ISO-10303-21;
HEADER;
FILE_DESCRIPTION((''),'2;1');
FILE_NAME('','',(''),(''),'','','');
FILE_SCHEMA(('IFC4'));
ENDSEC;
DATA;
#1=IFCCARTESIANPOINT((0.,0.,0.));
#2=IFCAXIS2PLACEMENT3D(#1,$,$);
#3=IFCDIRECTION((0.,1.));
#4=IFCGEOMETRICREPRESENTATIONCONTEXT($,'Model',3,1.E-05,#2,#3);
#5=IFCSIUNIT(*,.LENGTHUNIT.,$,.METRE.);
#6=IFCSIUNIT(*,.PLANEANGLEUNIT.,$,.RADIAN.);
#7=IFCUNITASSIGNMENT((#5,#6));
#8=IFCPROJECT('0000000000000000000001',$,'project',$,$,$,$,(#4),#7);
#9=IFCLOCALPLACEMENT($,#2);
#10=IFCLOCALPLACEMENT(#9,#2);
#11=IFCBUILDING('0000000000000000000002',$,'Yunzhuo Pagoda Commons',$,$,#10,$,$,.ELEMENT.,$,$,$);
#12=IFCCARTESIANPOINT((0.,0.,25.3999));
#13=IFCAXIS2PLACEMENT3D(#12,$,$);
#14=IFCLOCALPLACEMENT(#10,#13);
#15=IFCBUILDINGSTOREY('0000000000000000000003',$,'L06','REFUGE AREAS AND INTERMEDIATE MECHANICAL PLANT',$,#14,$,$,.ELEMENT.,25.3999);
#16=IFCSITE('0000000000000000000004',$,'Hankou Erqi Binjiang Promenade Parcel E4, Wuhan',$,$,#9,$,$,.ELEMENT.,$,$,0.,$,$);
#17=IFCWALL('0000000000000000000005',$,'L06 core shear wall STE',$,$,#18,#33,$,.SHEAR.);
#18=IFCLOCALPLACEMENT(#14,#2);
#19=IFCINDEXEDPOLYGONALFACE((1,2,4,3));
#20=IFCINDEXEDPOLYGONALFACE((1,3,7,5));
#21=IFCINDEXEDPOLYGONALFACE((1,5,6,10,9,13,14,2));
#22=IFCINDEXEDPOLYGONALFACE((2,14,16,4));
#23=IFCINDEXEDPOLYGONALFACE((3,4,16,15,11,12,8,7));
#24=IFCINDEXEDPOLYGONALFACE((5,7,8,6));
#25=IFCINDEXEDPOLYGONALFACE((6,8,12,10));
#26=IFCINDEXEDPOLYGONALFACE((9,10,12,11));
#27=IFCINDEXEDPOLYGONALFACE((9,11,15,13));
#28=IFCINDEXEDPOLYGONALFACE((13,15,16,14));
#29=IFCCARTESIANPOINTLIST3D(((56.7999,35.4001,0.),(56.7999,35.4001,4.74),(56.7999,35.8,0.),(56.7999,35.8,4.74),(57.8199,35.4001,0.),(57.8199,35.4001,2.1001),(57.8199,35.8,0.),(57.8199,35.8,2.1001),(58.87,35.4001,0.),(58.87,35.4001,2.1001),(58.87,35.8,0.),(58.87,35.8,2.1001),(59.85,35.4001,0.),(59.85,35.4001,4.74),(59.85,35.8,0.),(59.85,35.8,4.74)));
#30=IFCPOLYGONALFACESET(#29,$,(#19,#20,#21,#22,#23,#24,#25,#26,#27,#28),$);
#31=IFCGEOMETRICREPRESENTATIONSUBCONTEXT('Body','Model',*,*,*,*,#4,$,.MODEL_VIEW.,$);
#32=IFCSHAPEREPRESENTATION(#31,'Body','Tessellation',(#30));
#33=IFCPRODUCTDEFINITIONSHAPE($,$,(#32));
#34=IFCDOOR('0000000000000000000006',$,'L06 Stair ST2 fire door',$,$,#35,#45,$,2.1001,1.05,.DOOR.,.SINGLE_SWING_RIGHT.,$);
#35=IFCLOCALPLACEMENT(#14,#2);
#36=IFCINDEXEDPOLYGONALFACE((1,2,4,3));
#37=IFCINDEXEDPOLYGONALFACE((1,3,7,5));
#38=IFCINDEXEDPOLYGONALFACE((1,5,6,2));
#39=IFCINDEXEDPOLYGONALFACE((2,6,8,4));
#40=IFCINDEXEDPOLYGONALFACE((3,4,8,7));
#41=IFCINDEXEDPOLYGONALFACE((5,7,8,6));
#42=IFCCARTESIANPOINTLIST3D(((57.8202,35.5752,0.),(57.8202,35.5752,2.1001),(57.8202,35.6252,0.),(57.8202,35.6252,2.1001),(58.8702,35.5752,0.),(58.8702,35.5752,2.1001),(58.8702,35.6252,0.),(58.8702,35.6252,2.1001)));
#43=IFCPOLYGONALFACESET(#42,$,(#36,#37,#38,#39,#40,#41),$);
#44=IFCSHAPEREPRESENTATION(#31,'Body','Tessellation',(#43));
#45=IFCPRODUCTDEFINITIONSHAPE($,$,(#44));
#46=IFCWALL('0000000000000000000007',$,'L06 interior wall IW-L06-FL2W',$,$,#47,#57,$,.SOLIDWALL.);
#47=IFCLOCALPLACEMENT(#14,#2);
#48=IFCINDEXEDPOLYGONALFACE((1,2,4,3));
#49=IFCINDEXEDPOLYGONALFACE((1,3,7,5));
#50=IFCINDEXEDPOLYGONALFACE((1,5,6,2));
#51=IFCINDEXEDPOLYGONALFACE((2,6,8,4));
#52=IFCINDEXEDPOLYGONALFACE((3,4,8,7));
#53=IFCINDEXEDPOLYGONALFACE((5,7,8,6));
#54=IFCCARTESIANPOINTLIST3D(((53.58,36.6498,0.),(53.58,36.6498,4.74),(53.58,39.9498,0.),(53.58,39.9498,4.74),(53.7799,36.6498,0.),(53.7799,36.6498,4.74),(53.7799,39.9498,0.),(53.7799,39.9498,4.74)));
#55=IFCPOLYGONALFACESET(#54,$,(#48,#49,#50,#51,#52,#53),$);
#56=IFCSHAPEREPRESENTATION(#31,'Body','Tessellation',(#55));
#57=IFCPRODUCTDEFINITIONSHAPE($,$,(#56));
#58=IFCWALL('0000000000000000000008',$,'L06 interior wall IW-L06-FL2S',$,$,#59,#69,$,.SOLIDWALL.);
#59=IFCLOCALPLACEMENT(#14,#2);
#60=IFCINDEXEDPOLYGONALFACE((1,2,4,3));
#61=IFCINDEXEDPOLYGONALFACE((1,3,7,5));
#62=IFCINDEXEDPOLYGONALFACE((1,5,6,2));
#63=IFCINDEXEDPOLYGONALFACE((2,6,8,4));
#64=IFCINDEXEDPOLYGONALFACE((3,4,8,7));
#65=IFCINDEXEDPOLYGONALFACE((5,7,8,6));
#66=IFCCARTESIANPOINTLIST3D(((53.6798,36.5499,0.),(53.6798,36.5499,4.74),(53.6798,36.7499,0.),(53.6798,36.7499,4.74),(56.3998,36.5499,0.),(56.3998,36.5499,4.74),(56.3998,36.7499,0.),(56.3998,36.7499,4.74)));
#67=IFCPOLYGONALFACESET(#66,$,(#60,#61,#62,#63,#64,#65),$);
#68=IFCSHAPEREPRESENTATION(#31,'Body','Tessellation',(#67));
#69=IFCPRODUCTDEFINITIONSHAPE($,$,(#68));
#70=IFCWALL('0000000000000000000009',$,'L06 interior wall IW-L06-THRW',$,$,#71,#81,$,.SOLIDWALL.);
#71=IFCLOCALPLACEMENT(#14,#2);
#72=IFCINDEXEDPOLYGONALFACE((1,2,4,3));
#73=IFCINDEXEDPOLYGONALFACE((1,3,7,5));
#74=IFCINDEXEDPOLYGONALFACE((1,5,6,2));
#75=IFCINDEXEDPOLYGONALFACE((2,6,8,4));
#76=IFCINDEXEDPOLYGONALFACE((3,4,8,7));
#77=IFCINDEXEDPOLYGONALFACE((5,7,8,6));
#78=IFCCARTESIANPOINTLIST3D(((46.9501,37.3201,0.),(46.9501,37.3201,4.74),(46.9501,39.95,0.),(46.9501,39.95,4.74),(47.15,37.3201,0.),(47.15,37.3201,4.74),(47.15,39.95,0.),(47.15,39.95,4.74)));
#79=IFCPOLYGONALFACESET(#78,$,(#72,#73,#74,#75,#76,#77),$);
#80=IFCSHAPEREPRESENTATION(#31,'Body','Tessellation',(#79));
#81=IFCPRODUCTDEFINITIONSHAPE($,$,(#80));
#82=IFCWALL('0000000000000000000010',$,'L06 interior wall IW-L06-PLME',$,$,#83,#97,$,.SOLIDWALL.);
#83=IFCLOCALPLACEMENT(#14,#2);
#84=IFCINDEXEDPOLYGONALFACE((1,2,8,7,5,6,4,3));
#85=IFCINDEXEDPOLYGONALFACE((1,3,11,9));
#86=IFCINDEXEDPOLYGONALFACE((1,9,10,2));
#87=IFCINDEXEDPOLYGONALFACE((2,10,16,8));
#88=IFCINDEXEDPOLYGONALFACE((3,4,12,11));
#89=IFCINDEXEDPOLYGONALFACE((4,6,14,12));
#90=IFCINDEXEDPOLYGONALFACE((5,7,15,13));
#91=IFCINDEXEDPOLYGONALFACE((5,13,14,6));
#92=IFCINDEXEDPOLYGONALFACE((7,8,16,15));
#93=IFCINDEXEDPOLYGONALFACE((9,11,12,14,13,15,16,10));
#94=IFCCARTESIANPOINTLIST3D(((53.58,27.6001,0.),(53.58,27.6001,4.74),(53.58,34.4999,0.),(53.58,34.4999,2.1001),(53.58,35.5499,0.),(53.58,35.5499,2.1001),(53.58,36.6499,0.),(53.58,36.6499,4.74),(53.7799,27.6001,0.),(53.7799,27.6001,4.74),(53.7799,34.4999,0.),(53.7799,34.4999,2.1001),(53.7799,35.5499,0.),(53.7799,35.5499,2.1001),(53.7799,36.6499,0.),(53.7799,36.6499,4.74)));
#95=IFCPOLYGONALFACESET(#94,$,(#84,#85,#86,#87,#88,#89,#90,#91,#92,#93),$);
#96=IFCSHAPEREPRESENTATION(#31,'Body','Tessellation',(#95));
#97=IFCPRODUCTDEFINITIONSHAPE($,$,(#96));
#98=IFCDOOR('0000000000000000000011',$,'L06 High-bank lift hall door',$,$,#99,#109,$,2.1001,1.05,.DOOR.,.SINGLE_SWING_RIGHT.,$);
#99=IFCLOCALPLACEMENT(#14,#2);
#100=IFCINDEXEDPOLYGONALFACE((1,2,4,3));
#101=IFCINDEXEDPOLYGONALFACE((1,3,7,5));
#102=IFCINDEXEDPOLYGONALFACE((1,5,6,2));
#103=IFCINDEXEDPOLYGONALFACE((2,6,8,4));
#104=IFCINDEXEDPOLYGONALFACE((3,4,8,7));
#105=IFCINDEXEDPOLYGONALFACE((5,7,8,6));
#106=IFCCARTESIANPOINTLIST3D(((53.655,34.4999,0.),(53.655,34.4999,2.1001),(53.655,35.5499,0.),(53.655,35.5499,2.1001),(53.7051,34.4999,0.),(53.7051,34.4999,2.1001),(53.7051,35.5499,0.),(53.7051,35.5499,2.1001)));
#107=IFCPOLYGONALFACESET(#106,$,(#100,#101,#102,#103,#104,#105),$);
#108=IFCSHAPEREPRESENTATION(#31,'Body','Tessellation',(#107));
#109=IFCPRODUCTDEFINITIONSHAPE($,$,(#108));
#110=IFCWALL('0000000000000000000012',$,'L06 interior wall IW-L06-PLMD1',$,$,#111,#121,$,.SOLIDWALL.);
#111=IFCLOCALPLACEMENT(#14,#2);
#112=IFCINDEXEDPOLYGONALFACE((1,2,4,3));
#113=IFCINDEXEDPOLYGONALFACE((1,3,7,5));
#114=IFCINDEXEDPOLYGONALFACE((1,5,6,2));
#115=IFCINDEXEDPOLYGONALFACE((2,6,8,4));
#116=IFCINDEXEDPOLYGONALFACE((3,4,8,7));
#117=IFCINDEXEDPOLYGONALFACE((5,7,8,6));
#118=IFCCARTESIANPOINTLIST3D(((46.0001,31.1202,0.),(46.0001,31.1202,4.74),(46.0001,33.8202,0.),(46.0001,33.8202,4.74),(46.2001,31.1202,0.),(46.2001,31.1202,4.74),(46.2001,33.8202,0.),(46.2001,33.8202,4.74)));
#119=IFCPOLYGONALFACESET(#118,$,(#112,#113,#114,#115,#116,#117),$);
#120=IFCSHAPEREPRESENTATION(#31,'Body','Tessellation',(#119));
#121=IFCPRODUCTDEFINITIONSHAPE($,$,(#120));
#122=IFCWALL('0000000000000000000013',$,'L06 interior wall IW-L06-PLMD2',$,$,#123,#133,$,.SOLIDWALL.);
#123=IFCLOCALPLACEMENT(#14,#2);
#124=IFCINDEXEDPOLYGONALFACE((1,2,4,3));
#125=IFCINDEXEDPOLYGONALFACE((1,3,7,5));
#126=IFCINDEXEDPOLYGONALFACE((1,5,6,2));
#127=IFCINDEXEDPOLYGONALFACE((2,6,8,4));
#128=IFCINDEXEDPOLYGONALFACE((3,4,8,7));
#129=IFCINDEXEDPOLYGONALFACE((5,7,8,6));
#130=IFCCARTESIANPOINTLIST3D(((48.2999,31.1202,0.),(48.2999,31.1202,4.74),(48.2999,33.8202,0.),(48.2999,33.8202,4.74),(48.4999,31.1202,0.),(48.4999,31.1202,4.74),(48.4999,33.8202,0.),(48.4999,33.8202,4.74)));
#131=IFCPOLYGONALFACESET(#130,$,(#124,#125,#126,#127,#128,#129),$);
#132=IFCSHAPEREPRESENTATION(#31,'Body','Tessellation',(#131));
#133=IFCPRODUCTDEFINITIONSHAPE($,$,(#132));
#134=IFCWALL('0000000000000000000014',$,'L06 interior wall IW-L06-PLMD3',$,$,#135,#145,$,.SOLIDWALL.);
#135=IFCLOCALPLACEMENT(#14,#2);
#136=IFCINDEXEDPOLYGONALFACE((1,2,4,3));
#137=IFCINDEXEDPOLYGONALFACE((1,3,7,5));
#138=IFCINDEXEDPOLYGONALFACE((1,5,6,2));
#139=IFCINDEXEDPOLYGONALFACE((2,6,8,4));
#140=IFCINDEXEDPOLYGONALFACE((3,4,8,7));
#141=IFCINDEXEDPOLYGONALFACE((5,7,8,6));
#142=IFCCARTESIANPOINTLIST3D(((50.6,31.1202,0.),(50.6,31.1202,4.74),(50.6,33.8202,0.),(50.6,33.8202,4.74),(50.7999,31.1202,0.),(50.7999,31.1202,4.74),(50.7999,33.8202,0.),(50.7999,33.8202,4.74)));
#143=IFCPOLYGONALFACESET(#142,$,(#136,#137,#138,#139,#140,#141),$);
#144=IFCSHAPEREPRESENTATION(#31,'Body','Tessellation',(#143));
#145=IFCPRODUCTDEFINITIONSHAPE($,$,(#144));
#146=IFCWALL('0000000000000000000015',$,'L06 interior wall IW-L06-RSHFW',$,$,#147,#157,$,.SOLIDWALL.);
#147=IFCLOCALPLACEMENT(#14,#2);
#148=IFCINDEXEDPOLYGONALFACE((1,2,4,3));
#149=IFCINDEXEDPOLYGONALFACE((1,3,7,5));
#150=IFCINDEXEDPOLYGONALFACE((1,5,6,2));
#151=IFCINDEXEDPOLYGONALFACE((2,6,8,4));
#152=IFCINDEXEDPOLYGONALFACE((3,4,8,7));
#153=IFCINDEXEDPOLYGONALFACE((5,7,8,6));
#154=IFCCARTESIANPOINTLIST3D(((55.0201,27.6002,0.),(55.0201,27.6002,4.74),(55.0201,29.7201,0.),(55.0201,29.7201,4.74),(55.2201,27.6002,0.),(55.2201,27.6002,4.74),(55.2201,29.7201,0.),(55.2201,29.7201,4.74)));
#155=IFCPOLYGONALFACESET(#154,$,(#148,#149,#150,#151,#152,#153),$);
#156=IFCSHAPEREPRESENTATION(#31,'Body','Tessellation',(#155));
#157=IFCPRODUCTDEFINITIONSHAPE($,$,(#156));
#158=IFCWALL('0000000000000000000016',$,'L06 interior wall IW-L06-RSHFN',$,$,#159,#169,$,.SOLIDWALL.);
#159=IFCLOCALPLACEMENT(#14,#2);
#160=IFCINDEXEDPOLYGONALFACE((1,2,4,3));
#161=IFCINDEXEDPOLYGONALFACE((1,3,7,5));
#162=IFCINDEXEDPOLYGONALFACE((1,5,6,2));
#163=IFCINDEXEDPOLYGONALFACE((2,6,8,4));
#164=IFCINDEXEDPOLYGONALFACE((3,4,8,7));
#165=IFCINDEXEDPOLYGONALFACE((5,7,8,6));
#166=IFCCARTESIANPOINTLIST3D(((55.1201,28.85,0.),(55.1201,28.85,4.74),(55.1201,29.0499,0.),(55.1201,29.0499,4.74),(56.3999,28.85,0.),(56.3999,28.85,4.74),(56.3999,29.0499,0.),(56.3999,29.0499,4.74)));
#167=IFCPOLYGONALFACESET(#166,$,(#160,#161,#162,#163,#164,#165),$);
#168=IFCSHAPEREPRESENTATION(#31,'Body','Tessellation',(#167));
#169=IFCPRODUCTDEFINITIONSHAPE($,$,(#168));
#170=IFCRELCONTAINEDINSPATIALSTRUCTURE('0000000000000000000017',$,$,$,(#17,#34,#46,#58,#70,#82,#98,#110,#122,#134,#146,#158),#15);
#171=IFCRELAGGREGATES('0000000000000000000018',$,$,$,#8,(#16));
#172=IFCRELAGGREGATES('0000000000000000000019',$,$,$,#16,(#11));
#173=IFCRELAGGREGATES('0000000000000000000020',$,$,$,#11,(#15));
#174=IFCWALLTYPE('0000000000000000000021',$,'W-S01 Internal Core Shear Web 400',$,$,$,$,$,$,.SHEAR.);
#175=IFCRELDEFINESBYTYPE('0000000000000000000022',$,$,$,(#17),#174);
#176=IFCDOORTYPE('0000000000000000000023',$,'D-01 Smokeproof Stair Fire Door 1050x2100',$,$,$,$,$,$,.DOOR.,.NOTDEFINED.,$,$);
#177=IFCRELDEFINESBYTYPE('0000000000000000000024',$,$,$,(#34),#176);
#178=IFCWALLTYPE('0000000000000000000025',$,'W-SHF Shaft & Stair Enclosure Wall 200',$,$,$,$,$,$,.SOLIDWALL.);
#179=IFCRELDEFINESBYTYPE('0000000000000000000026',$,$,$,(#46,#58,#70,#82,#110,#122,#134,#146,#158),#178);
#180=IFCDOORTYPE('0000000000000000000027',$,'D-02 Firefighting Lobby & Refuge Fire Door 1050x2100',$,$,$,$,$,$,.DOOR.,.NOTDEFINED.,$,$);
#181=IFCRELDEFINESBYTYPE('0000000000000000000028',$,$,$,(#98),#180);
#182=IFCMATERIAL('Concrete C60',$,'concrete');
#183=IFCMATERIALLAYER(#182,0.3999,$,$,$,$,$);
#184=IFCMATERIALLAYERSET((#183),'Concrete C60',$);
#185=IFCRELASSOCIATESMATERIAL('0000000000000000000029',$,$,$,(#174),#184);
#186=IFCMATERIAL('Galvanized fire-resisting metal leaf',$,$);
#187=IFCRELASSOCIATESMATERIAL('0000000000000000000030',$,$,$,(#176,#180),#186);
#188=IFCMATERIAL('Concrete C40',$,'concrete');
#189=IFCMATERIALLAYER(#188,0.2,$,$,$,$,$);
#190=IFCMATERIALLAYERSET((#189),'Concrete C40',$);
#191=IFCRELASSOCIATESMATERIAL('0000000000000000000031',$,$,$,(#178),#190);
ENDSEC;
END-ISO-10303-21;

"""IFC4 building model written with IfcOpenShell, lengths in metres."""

from ifc_helpers import new_model, si_unit, direction, frame, frame_2d, origin, origin_with_axes, place, context, subcontext, project, spatial, rectangle, extrude, source, transform, mapped, material, layer, layer_set, type_object, element, fill, save


model = new_model("IFC4")

# Units and contexts
model_context = context("Model", 3, precision=1e-05, world=origin(), true_north=direction((0.0, 1.0)))
body_context = subcontext(model_context, "Body", "Model", "MODEL_VIEW")
ifc_project = project(units=[si_unit("LENGTHUNIT", "METRE"), si_unit("PLANEANGLEUNIT", "RADIAN")], contexts=[model_context])

# Site, building, storey
site_placement = place(None, origin())
site = spatial("IfcSite", under=ifc_project, at=site_placement, Name="Hankou Erqi Binjiang Promenade Parcel E4, Wuhan", CompositionType="ELEMENT", RefElevation=0.0)
building_placement = place(site_placement, origin())
building = spatial("IfcBuilding", under=site, at=building_placement, Name="Yunzhuo Pagoda Commons", CompositionType="ELEMENT")
storey_placement = place(building_placement, frame((0.0, 0.0, 25.3999)))
storey = spatial("IfcBuildingStorey", under=building, at=storey_placement, Name="L06", Description="REFUGE AREAS AND INTERMEDIATE MECHANICAL PLANT", CompositionType="ELEMENT", Elevation=25.3999)

# Shared definitions
ifc_material_1 = material(Name="Galvanized fire-resisting metal leaf")

# Wall, opening, door
ifc_material_2 = material(Name="Concrete C60", Category="concrete")
ifc_layer_1 = layer(ifc_material_2, 0.3999)
ifc_layer_set_1 = layer_set([ifc_layer_1], Name="Concrete C60")
wall_type_1 = type_object("IfcWallType", Name="W-S01 Internal Core Shear Web 400", PredefinedType="SHEAR", material=ifc_layer_set_1)
wall_1_placement = place(storey_placement, frame((56.8, 35.6001, 0.0), z_axis=(0.0, 0.0, 1.0), x_axis=(1.0, 0.0, 0.0)))
wall_1 = element("IfcWall", 1, at=wall_1_placement, inside=storey, type_object=wall_type_1, Name="L06 core shear wall STE", PredefinedType="SHEAR", context=body_context, shape_type="SweptSolid", body=[
    extrude(rectangle(XDim=3.05, YDim=0.3999, at=frame_2d((1.5249, 0.0))), origin(), (0.0, 0.0, 1.0), 4.74),
])
opening_1_placement = place(wall_1_placement, frame((1.02, 0.0, 0.0)))
opening_1 = element("IfcOpeningElement", 2, at=opening_1_placement, cuts=wall_1, PredefinedType="OPENING", context=body_context, shape_type="SweptSolid", body=[
    extrude(rectangle(XDim=1.05, YDim=2.1001, at=frame_2d((0.5249, 1.05))), frame((0.0, 0.21, 0.0), z_axis=(0.0, -1.0, 0.0), x_axis=(1.0, 0.0, 0.0)), (0.0, 0.0, 1.0), 0.4199),
])
door_type_1 = type_object("IfcDoorType", Name="D-01 Smokeproof Stair Fire Door 1050x2100", OperationType="NOTDEFINED", PredefinedType="DOOR", material=ifc_material_1)
shared_shape_1 = source(origin(), body_context, "Body", "SweptSolid", [
    extrude(rectangle(XDim=1.05, YDim=2.1001, at=frame_2d((0.5249, 1.05))), frame((0.0, 0.0249, 0.0), z_axis=(0.0, -1.0, 0.0), x_axis=(1.0, 0.0, 0.0)), (0.0, 0.0, 1.0), 0.05),
])
door_1_placement = place(opening_1_placement, frame((1.05, 0.0, 0.0), z_axis=(0.0, 0.0, 1.0), x_axis=(-1.0, 0.0, 0.0)))
door_1 = element("IfcDoor", 3, at=door_1_placement, inside=storey, type_object=door_type_1, Name="L06 Stair ST2 fire door", OperationType="SINGLE_SWING_RIGHT", OverallHeight=2.1001, OverallWidth=1.05, PredefinedType="DOOR", context=body_context, shape_type="MappedRepresentation", body=[
    mapped(shared_shape_1, transform((0.0, 0.0, 0.0), scale=1.0)),
])
fill(opening_1, door_1)

# Walls
ifc_material_3 = material(Name="Concrete C40", Category="concrete")
ifc_layer_2 = layer(ifc_material_3, 0.2)
ifc_layer_set_2 = layer_set([ifc_layer_2], Name="Concrete C40")
wall_type_2 = type_object("IfcWallType", Name="W-SHF Shaft & Stair Enclosure Wall 200", PredefinedType="SOLIDWALL", material=ifc_layer_set_2)
wall_2_placement = place(storey_placement, frame((53.6799, 36.6499, 0.0), z_axis=(0.0, 0.0, 1.0), x_axis=(0.0, 1.0, 0.0)))
element("IfcWall", 4, at=wall_2_placement, inside=storey, type_object=wall_type_2, Name="L06 interior wall IW-L06-FL2W", PredefinedType="SOLIDWALL", context=body_context, shape_type="SweptSolid", body=[
    extrude(rectangle(XDim=3.3, YDim=0.2, at=frame_2d((1.6499, 0.0))), origin(), (0.0, 0.0, 1.0), 4.74),
])
wall_3_placement = place(storey_placement, frame((53.6799, 36.6499, 0.0), z_axis=(0.0, 0.0, 1.0), x_axis=(1.0, 0.0, 0.0)))
element("IfcWall", 5, at=wall_3_placement, inside=storey, type_object=wall_type_2, Name="L06 interior wall IW-L06-FL2S", PredefinedType="SOLIDWALL", context=body_context, shape_type="SweptSolid", body=[
    extrude(rectangle(XDim=2.72, YDim=0.2, at=frame_2d((1.3599, 0.0))), origin(), (0.0, 0.0, 1.0), 4.74),
])
wall_4_placement = place(storey_placement, frame((47.05, 37.3201, 0.0), z_axis=(0.0, 0.0, 1.0), x_axis=(0.0, 1.0, 0.0)))
element("IfcWall", 6, at=wall_4_placement, inside=storey, type_object=wall_type_2, Name="L06 interior wall IW-L06-THRW", PredefinedType="SOLIDWALL", context=body_context, shape_type="SweptSolid", body=[
    extrude(rectangle(XDim=2.6299, YDim=0.2, at=frame_2d((1.3149, 0.0))), origin(), (0.0, 0.0, 1.0), 4.74),
])

# Wall, opening, door
wall_5_placement = place(storey_placement, frame((53.6799, 27.6001, 0.0), z_axis=(0.0, 0.0, 1.0), x_axis=(0.0, 1.0, 0.0)))
wall_5 = element("IfcWall", 7, at=wall_5_placement, inside=storey, type_object=wall_type_2, Name="L06 interior wall IW-L06-PLME", PredefinedType="SOLIDWALL", context=body_context, shape_type="SweptSolid", body=[
    extrude(rectangle(XDim=9.0498, YDim=0.2, at=frame_2d((4.5249, 0.0))), origin(), (0.0, 0.0, 1.0), 4.74),
])
opening_2_placement = place(wall_5_placement, frame((6.8999, 0.0, 0.0)))
opening_2 = element("IfcOpeningElement", 8, at=opening_2_placement, cuts=wall_5, PredefinedType="OPENING", context=body_context, shape_type="SweptSolid", body=[
    extrude(rectangle(XDim=1.05, YDim=2.1001, at=frame_2d((0.5249, 1.05))), frame((0.0, 0.1099, 0.0), z_axis=(0.0, -1.0, 0.0), x_axis=(1.0, 0.0, 0.0)), (0.0, 0.0, 1.0), 0.22),
])
door_type_2 = type_object("IfcDoorType", Name="D-02 Firefighting Lobby & Refuge Fire Door 1050x2100", OperationType="NOTDEFINED", PredefinedType="DOOR", material=ifc_material_1)
door_2_placement = place(opening_2_placement, origin_with_axes())
door_2 = element("IfcDoor", 9, at=door_2_placement, inside=storey, type_object=door_type_2, Name="L06 High-bank lift hall door", OperationType="SINGLE_SWING_RIGHT", OverallHeight=2.1001, OverallWidth=1.05, PredefinedType="DOOR", context=body_context, shape_type="MappedRepresentation", body=[
    mapped(shared_shape_1, transform((0.0, 0.0, 0.0), scale=1.0)),
])
fill(opening_2, door_2)

# Walls
for number, where, z_axis, x_axis, name in (
    (10, (46.1001, 31.1201, 0.0), (0.0, 0.0, 1.0), (0.0, 1.0, 0.0), "L06 interior wall IW-L06-PLMD1"),
    (11, (48.3999, 31.1201, 0.0), (0.0, 0.0, 1.0), (0.0, 1.0, 0.0), "L06 interior wall IW-L06-PLMD2"),
    (12, (50.7, 31.1201, 0.0), (0.0, 0.0, 1.0), (0.0, 1.0, 0.0), "L06 interior wall IW-L06-PLMD3"),
):
    element("IfcWall", number, at=place(storey_placement, frame(where, z_axis=z_axis, x_axis=x_axis)), inside=storey, type_object=wall_type_2, Name=name, PredefinedType="SOLIDWALL", context=body_context, shape_type="SweptSolid", body=[
        extrude(rectangle(XDim=2.7, YDim=0.2, at=frame_2d((1.3501, 0.0))), origin(), (0.0, 0.0, 1.0), 4.74),
    ])
wall_6_placement = place(storey_placement, frame((55.1201, 27.6001, 0.0), z_axis=(0.0, 0.0, 1.0), x_axis=(0.0, 1.0, 0.0)))
element("IfcWall", 13, at=wall_6_placement, inside=storey, type_object=wall_type_2, Name="L06 interior wall IW-L06-RSHFW", PredefinedType="SOLIDWALL", context=body_context, shape_type="SweptSolid", body=[
    extrude(rectangle(XDim=2.1199, YDim=0.2, at=frame_2d((1.0601, 0.0))), origin(), (0.0, 0.0, 1.0), 4.74),
])
wall_7_placement = place(storey_placement, frame((55.1201, 28.95, 0.0), z_axis=(0.0, 0.0, 1.0), x_axis=(1.0, 0.0, 0.0)))
element("IfcWall", 14, at=wall_7_placement, inside=storey, type_object=wall_type_2, Name="L06 interior wall IW-L06-RSHFN", PredefinedType="SOLIDWALL", context=body_context, shape_type="SweptSolid", body=[
    extrude(rectangle(XDim=1.2798, YDim=0.2, at=frame_2d((0.6399, 0.0))), origin(), (0.0, 0.0, 1.0), 4.74),
])

save(model, "model.ifc")
